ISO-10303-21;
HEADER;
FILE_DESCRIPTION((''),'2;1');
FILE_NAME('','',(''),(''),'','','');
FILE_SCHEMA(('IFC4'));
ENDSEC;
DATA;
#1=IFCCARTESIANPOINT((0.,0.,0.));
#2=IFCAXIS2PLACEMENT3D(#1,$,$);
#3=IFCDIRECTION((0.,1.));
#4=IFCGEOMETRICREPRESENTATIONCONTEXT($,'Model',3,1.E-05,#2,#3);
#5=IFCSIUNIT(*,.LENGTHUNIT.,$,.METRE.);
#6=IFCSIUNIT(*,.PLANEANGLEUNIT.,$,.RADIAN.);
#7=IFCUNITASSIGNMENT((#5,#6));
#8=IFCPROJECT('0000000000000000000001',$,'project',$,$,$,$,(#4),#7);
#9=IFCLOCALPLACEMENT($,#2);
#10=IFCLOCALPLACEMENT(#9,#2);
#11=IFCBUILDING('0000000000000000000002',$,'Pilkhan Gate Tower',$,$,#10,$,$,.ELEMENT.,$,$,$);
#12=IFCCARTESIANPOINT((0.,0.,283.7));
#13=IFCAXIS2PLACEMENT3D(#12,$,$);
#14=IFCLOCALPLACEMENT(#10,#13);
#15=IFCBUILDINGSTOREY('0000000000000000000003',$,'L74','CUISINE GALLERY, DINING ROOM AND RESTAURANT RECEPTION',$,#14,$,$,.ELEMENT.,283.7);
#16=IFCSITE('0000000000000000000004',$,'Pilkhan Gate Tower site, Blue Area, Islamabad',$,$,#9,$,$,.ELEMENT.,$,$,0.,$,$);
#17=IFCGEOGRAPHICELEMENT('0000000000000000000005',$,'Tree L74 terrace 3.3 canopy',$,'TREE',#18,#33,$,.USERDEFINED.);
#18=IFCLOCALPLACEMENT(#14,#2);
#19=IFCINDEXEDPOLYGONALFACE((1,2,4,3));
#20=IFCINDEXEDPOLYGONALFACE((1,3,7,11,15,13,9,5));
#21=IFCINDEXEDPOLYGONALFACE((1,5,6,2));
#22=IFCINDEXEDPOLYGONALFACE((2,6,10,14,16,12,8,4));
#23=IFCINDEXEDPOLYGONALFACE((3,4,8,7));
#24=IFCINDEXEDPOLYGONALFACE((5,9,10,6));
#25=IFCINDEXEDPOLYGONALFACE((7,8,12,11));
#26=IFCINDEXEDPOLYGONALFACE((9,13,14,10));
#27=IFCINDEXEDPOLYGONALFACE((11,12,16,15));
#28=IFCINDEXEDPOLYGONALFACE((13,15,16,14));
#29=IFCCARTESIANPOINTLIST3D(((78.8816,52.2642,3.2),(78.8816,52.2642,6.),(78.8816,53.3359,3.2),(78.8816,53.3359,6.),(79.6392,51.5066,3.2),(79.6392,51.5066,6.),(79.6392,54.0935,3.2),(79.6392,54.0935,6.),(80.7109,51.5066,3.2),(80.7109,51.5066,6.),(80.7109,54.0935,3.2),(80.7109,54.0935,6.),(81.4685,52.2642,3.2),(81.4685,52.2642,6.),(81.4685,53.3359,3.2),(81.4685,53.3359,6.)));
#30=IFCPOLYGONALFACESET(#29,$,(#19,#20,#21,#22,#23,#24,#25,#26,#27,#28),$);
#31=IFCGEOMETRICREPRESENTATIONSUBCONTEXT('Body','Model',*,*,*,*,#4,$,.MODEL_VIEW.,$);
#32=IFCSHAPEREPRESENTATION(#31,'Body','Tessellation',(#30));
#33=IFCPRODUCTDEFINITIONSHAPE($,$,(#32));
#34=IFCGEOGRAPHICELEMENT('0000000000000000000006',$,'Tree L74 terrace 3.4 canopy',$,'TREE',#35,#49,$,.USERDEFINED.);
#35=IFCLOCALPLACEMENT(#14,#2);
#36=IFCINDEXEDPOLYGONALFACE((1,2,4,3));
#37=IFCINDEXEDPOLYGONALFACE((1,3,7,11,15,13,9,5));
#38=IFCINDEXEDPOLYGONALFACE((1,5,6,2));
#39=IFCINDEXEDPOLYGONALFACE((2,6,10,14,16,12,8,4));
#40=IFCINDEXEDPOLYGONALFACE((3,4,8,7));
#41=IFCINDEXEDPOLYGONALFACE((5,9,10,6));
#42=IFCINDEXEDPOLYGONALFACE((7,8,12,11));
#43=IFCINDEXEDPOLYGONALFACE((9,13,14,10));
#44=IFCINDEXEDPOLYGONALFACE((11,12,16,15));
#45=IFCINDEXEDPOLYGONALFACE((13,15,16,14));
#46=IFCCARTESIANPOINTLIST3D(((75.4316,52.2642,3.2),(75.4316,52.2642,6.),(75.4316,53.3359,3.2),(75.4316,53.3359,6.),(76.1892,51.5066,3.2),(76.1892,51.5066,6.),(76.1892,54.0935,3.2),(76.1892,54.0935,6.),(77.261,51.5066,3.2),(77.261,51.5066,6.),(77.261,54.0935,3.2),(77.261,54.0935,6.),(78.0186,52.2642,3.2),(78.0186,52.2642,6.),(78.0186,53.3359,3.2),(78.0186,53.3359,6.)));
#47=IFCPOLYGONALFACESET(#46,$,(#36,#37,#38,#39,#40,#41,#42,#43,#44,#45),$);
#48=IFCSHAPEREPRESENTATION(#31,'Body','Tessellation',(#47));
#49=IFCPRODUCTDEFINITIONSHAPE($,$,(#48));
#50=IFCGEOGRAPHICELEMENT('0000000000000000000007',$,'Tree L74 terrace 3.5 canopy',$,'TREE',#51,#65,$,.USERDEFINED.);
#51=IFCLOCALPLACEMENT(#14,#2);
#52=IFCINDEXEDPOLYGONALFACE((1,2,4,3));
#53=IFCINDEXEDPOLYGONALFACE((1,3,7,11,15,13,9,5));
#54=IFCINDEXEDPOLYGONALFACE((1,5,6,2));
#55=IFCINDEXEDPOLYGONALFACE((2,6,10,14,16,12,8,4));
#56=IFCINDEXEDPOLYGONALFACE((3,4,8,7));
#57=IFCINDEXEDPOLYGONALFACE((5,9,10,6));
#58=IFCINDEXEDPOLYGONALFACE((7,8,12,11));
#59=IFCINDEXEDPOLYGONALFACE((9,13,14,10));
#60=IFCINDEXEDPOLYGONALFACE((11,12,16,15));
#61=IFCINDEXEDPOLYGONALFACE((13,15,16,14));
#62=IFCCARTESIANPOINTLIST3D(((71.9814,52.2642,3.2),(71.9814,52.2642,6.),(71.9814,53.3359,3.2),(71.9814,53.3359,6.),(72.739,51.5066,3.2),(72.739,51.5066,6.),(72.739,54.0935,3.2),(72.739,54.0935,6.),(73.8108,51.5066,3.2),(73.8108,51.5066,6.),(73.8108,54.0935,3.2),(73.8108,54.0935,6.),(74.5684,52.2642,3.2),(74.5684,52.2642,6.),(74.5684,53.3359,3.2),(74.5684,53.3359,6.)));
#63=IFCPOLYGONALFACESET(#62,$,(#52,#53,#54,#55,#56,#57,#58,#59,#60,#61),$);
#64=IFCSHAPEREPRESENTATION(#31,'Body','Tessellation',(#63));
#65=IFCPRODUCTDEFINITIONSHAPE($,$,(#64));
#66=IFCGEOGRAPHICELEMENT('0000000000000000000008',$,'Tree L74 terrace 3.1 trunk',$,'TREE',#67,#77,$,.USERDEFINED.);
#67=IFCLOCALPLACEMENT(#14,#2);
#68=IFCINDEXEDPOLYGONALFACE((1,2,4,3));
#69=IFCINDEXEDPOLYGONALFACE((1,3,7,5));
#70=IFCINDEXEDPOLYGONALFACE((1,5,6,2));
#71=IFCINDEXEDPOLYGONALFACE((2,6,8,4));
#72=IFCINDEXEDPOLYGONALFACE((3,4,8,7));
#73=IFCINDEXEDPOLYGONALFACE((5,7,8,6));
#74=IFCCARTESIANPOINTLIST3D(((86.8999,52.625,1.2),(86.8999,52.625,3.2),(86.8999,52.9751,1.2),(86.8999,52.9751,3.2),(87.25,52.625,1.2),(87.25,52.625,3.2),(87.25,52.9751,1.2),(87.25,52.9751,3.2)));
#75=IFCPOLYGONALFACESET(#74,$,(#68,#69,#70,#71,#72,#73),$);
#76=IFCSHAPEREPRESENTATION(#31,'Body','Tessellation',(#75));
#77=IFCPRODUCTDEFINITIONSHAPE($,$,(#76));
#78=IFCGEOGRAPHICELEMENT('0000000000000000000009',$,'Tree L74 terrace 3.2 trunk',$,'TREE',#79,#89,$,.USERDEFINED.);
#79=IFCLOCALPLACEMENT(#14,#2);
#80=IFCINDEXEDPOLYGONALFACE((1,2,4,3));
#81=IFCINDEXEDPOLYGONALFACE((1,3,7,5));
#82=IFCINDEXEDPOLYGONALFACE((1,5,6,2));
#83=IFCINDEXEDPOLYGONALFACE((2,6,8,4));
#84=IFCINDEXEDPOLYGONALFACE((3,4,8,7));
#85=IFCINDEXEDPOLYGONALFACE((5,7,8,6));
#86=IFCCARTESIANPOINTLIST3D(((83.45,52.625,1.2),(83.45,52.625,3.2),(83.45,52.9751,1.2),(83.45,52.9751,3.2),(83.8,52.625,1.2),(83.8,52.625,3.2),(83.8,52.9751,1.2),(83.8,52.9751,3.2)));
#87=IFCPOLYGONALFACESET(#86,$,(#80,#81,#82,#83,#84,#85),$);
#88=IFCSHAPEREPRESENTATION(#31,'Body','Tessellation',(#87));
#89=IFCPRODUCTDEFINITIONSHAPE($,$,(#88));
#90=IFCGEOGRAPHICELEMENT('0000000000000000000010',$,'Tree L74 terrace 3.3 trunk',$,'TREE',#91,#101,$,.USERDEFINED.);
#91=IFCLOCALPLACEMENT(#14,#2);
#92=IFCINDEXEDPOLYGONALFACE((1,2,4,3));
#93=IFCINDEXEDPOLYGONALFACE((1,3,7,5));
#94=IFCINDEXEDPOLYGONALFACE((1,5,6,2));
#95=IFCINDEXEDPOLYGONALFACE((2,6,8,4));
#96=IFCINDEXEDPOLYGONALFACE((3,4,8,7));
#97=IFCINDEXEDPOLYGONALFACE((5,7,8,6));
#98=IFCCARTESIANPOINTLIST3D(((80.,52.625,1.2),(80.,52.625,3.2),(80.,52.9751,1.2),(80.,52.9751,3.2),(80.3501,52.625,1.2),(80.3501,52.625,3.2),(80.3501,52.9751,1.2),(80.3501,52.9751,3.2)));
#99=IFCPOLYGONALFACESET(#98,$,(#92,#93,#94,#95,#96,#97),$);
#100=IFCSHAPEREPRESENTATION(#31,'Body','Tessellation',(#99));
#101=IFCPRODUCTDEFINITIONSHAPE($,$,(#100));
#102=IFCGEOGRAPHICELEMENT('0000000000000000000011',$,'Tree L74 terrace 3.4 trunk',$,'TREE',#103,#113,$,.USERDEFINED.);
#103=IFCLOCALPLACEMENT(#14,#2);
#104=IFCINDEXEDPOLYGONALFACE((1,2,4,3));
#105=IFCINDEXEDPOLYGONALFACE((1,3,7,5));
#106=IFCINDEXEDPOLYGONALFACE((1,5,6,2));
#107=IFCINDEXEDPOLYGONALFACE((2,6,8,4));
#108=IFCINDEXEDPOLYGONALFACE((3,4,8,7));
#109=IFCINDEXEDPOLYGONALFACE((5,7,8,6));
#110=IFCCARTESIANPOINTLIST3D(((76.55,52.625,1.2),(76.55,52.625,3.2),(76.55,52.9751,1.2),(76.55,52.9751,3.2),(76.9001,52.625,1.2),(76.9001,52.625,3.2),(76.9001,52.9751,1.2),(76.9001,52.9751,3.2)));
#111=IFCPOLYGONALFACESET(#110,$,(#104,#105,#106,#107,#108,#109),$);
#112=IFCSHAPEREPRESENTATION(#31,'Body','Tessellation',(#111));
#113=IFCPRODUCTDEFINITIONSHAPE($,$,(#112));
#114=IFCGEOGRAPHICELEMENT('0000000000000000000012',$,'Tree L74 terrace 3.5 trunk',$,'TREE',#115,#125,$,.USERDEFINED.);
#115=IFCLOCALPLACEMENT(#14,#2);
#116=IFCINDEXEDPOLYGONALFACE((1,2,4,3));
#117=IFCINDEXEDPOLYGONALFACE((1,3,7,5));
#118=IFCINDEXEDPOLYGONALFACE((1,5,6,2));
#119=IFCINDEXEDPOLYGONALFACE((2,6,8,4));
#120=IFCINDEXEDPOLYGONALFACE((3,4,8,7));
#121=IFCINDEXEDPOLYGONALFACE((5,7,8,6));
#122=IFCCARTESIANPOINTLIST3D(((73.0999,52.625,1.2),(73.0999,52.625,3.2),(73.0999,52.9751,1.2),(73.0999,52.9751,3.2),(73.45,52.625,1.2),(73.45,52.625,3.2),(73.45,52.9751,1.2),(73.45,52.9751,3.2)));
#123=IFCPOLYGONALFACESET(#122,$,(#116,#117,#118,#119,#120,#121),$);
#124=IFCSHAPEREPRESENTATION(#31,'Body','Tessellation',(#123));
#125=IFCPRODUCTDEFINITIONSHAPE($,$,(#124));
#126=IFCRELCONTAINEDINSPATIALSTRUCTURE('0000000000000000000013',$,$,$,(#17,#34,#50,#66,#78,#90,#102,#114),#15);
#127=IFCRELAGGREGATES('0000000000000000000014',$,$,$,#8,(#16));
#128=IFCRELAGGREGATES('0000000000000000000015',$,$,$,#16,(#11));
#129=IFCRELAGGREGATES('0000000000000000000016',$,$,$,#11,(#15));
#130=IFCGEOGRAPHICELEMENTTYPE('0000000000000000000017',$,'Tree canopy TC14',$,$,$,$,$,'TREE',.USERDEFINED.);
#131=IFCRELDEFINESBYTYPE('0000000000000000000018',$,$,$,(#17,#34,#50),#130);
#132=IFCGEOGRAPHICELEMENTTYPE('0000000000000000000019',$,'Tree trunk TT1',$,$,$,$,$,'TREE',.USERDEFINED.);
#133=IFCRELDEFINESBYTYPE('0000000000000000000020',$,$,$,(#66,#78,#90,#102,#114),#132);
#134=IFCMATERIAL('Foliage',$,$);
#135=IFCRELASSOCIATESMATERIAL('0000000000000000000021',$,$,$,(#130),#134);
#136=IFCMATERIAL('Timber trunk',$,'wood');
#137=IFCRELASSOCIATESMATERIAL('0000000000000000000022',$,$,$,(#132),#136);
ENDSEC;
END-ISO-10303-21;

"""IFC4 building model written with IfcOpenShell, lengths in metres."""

from ifc_helpers import new_model, si_unit, direction, frame, origin, origin_2d, place, context, subcontext, project, spatial, polyline, rectangle, outline, extrude, material, material_profile, profile_set, type_object, element, save


model = new_model("IFC4")

# Units and contexts
model_context = context("Model", 3, precision=1e-05, world=origin(), true_north=direction((0.0, 1.0)))
body_context = subcontext(model_context, "Body", "Model", "MODEL_VIEW")
ifc_project = project(units=[si_unit("LENGTHUNIT", "METRE"), si_unit("PLANEANGLEUNIT", "RADIAN")], contexts=[model_context])

# Site, building, storey
site_placement = place(None, origin())
site = spatial("IfcSite", under=ifc_project, at=site_placement, Name="Pilkhan Gate Tower site, Blue Area, Islamabad", CompositionType="ELEMENT", RefElevation=0.0)
building_placement = place(site_placement, origin())
building = spatial("IfcBuilding", under=site, at=building_placement, Name="Pilkhan Gate Tower", CompositionType="ELEMENT")
storey_placement = place(building_placement, frame((0.0, 0.0, 283.7)))
storey = spatial("IfcBuildingStorey", under=building, at=storey_placement, Name="L74", Description="CUISINE GALLERY, DINING ROOM AND RESTAURANT RECEPTION", CompositionType="ELEMENT", Elevation=283.7)

# Geographic elements
ifc_material_1 = material(Name="Foliage")
ifc_material_profile_1 = material_profile(ifc_material_1, outline(polyline([(1.2935, 0.5359), (0.5359, 1.2935), (-0.5359, 1.2935), (-1.2935, 0.5359), (-1.2935, -0.5359), (-0.5359, -1.2935), (0.5359, -1.2935), (1.2935, -0.5359), (1.2935, 0.5359)])), Name="Canopy D2.8")
ifc_profile_set_1 = profile_set([ifc_material_profile_1], Name="Foliage")
geographic_element_type_1 = type_object("IfcGeographicElementType", Name="Tree canopy TC14", ElementType="TREE", PredefinedType="USERDEFINED", material=ifc_profile_set_1)
for number, where, z_axis, x_axis, name in (
    (1, (80.175, 52.8, 3.2), (0.0, 0.0, 1.0), (1.0, 0.0, 0.0), "Tree L74 terrace 3.3 canopy"),
    (2, (76.7251, 52.8, 3.2), (0.0, 0.0, 1.0), (1.0, 0.0, 0.0), "Tree L74 terrace 3.4 canopy"),
    (3, (73.2749, 52.8, 3.2), (0.0, 0.0, 1.0), (1.0, 0.0, 0.0), "Tree L74 terrace 3.5 canopy"),
):
    element("IfcGeographicElement", number, at=place(storey_placement, frame(where, z_axis=z_axis, x_axis=x_axis)), inside=storey, type_object=geographic_element_type_1, Name=name, ObjectType="TREE", PredefinedType="USERDEFINED", context=body_context, shape_type="SweptSolid", body=[
        extrude(outline(polyline([(1.2935, 0.5359), (0.5359, 1.2935), (-0.5359, 1.2935), (-1.2935, 0.5359), (-1.2935, -0.5359), (-0.5359, -1.2935), (0.5359, -1.2935), (1.2935, -0.5359), (1.2935, 0.5359)])), origin(), (0.0, 0.0, 1.0), 2.8),
    ])
ifc_material_2 = material(Name="Timber trunk", Category="wood")
geographic_element_type_2 = type_object("IfcGeographicElementType", Name="Tree trunk TT1", ElementType="TREE", PredefinedType="USERDEFINED", material=ifc_material_2)
for number, where, z_axis, x_axis, name in (
    (4, (87.075, 52.8, 1.2), (0.0, 0.0, 1.0), (1.0, 0.0, 0.0), "Tree L74 terrace 3.1 trunk"),
    (5, (83.625, 52.8, 1.2), (0.0, 0.0, 1.0), (1.0, 0.0, 0.0), "Tree L74 terrace 3.2 trunk"),
    (6, (80.175, 52.8, 1.2), (0.0, 0.0, 1.0), (1.0, 0.0, 0.0), "Tree L74 terrace 3.3 trunk"),
    (7, (76.7251, 52.8, 1.2), (0.0, 0.0, 1.0), (1.0, 0.0, 0.0), "Tree L74 terrace 3.4 trunk"),
    (8, (73.2749, 52.8, 1.2), (0.0, 0.0, 1.0), (1.0, 0.0, 0.0), "Tree L74 terrace 3.5 trunk"),
):
    element("IfcGeographicElement", number, at=place(storey_placement, frame(where, z_axis=z_axis, x_axis=x_axis)), inside=storey, type_object=geographic_element_type_2, Name=name, ObjectType="TREE", PredefinedType="USERDEFINED", context=body_context, shape_type="SweptSolid", body=[
        extrude(rectangle(XDim=0.3501, YDim=0.3501, at=origin_2d()), origin(), (0.0, 0.0, 1.0), 2.0),
    ])

save(model, "model.ifc")
